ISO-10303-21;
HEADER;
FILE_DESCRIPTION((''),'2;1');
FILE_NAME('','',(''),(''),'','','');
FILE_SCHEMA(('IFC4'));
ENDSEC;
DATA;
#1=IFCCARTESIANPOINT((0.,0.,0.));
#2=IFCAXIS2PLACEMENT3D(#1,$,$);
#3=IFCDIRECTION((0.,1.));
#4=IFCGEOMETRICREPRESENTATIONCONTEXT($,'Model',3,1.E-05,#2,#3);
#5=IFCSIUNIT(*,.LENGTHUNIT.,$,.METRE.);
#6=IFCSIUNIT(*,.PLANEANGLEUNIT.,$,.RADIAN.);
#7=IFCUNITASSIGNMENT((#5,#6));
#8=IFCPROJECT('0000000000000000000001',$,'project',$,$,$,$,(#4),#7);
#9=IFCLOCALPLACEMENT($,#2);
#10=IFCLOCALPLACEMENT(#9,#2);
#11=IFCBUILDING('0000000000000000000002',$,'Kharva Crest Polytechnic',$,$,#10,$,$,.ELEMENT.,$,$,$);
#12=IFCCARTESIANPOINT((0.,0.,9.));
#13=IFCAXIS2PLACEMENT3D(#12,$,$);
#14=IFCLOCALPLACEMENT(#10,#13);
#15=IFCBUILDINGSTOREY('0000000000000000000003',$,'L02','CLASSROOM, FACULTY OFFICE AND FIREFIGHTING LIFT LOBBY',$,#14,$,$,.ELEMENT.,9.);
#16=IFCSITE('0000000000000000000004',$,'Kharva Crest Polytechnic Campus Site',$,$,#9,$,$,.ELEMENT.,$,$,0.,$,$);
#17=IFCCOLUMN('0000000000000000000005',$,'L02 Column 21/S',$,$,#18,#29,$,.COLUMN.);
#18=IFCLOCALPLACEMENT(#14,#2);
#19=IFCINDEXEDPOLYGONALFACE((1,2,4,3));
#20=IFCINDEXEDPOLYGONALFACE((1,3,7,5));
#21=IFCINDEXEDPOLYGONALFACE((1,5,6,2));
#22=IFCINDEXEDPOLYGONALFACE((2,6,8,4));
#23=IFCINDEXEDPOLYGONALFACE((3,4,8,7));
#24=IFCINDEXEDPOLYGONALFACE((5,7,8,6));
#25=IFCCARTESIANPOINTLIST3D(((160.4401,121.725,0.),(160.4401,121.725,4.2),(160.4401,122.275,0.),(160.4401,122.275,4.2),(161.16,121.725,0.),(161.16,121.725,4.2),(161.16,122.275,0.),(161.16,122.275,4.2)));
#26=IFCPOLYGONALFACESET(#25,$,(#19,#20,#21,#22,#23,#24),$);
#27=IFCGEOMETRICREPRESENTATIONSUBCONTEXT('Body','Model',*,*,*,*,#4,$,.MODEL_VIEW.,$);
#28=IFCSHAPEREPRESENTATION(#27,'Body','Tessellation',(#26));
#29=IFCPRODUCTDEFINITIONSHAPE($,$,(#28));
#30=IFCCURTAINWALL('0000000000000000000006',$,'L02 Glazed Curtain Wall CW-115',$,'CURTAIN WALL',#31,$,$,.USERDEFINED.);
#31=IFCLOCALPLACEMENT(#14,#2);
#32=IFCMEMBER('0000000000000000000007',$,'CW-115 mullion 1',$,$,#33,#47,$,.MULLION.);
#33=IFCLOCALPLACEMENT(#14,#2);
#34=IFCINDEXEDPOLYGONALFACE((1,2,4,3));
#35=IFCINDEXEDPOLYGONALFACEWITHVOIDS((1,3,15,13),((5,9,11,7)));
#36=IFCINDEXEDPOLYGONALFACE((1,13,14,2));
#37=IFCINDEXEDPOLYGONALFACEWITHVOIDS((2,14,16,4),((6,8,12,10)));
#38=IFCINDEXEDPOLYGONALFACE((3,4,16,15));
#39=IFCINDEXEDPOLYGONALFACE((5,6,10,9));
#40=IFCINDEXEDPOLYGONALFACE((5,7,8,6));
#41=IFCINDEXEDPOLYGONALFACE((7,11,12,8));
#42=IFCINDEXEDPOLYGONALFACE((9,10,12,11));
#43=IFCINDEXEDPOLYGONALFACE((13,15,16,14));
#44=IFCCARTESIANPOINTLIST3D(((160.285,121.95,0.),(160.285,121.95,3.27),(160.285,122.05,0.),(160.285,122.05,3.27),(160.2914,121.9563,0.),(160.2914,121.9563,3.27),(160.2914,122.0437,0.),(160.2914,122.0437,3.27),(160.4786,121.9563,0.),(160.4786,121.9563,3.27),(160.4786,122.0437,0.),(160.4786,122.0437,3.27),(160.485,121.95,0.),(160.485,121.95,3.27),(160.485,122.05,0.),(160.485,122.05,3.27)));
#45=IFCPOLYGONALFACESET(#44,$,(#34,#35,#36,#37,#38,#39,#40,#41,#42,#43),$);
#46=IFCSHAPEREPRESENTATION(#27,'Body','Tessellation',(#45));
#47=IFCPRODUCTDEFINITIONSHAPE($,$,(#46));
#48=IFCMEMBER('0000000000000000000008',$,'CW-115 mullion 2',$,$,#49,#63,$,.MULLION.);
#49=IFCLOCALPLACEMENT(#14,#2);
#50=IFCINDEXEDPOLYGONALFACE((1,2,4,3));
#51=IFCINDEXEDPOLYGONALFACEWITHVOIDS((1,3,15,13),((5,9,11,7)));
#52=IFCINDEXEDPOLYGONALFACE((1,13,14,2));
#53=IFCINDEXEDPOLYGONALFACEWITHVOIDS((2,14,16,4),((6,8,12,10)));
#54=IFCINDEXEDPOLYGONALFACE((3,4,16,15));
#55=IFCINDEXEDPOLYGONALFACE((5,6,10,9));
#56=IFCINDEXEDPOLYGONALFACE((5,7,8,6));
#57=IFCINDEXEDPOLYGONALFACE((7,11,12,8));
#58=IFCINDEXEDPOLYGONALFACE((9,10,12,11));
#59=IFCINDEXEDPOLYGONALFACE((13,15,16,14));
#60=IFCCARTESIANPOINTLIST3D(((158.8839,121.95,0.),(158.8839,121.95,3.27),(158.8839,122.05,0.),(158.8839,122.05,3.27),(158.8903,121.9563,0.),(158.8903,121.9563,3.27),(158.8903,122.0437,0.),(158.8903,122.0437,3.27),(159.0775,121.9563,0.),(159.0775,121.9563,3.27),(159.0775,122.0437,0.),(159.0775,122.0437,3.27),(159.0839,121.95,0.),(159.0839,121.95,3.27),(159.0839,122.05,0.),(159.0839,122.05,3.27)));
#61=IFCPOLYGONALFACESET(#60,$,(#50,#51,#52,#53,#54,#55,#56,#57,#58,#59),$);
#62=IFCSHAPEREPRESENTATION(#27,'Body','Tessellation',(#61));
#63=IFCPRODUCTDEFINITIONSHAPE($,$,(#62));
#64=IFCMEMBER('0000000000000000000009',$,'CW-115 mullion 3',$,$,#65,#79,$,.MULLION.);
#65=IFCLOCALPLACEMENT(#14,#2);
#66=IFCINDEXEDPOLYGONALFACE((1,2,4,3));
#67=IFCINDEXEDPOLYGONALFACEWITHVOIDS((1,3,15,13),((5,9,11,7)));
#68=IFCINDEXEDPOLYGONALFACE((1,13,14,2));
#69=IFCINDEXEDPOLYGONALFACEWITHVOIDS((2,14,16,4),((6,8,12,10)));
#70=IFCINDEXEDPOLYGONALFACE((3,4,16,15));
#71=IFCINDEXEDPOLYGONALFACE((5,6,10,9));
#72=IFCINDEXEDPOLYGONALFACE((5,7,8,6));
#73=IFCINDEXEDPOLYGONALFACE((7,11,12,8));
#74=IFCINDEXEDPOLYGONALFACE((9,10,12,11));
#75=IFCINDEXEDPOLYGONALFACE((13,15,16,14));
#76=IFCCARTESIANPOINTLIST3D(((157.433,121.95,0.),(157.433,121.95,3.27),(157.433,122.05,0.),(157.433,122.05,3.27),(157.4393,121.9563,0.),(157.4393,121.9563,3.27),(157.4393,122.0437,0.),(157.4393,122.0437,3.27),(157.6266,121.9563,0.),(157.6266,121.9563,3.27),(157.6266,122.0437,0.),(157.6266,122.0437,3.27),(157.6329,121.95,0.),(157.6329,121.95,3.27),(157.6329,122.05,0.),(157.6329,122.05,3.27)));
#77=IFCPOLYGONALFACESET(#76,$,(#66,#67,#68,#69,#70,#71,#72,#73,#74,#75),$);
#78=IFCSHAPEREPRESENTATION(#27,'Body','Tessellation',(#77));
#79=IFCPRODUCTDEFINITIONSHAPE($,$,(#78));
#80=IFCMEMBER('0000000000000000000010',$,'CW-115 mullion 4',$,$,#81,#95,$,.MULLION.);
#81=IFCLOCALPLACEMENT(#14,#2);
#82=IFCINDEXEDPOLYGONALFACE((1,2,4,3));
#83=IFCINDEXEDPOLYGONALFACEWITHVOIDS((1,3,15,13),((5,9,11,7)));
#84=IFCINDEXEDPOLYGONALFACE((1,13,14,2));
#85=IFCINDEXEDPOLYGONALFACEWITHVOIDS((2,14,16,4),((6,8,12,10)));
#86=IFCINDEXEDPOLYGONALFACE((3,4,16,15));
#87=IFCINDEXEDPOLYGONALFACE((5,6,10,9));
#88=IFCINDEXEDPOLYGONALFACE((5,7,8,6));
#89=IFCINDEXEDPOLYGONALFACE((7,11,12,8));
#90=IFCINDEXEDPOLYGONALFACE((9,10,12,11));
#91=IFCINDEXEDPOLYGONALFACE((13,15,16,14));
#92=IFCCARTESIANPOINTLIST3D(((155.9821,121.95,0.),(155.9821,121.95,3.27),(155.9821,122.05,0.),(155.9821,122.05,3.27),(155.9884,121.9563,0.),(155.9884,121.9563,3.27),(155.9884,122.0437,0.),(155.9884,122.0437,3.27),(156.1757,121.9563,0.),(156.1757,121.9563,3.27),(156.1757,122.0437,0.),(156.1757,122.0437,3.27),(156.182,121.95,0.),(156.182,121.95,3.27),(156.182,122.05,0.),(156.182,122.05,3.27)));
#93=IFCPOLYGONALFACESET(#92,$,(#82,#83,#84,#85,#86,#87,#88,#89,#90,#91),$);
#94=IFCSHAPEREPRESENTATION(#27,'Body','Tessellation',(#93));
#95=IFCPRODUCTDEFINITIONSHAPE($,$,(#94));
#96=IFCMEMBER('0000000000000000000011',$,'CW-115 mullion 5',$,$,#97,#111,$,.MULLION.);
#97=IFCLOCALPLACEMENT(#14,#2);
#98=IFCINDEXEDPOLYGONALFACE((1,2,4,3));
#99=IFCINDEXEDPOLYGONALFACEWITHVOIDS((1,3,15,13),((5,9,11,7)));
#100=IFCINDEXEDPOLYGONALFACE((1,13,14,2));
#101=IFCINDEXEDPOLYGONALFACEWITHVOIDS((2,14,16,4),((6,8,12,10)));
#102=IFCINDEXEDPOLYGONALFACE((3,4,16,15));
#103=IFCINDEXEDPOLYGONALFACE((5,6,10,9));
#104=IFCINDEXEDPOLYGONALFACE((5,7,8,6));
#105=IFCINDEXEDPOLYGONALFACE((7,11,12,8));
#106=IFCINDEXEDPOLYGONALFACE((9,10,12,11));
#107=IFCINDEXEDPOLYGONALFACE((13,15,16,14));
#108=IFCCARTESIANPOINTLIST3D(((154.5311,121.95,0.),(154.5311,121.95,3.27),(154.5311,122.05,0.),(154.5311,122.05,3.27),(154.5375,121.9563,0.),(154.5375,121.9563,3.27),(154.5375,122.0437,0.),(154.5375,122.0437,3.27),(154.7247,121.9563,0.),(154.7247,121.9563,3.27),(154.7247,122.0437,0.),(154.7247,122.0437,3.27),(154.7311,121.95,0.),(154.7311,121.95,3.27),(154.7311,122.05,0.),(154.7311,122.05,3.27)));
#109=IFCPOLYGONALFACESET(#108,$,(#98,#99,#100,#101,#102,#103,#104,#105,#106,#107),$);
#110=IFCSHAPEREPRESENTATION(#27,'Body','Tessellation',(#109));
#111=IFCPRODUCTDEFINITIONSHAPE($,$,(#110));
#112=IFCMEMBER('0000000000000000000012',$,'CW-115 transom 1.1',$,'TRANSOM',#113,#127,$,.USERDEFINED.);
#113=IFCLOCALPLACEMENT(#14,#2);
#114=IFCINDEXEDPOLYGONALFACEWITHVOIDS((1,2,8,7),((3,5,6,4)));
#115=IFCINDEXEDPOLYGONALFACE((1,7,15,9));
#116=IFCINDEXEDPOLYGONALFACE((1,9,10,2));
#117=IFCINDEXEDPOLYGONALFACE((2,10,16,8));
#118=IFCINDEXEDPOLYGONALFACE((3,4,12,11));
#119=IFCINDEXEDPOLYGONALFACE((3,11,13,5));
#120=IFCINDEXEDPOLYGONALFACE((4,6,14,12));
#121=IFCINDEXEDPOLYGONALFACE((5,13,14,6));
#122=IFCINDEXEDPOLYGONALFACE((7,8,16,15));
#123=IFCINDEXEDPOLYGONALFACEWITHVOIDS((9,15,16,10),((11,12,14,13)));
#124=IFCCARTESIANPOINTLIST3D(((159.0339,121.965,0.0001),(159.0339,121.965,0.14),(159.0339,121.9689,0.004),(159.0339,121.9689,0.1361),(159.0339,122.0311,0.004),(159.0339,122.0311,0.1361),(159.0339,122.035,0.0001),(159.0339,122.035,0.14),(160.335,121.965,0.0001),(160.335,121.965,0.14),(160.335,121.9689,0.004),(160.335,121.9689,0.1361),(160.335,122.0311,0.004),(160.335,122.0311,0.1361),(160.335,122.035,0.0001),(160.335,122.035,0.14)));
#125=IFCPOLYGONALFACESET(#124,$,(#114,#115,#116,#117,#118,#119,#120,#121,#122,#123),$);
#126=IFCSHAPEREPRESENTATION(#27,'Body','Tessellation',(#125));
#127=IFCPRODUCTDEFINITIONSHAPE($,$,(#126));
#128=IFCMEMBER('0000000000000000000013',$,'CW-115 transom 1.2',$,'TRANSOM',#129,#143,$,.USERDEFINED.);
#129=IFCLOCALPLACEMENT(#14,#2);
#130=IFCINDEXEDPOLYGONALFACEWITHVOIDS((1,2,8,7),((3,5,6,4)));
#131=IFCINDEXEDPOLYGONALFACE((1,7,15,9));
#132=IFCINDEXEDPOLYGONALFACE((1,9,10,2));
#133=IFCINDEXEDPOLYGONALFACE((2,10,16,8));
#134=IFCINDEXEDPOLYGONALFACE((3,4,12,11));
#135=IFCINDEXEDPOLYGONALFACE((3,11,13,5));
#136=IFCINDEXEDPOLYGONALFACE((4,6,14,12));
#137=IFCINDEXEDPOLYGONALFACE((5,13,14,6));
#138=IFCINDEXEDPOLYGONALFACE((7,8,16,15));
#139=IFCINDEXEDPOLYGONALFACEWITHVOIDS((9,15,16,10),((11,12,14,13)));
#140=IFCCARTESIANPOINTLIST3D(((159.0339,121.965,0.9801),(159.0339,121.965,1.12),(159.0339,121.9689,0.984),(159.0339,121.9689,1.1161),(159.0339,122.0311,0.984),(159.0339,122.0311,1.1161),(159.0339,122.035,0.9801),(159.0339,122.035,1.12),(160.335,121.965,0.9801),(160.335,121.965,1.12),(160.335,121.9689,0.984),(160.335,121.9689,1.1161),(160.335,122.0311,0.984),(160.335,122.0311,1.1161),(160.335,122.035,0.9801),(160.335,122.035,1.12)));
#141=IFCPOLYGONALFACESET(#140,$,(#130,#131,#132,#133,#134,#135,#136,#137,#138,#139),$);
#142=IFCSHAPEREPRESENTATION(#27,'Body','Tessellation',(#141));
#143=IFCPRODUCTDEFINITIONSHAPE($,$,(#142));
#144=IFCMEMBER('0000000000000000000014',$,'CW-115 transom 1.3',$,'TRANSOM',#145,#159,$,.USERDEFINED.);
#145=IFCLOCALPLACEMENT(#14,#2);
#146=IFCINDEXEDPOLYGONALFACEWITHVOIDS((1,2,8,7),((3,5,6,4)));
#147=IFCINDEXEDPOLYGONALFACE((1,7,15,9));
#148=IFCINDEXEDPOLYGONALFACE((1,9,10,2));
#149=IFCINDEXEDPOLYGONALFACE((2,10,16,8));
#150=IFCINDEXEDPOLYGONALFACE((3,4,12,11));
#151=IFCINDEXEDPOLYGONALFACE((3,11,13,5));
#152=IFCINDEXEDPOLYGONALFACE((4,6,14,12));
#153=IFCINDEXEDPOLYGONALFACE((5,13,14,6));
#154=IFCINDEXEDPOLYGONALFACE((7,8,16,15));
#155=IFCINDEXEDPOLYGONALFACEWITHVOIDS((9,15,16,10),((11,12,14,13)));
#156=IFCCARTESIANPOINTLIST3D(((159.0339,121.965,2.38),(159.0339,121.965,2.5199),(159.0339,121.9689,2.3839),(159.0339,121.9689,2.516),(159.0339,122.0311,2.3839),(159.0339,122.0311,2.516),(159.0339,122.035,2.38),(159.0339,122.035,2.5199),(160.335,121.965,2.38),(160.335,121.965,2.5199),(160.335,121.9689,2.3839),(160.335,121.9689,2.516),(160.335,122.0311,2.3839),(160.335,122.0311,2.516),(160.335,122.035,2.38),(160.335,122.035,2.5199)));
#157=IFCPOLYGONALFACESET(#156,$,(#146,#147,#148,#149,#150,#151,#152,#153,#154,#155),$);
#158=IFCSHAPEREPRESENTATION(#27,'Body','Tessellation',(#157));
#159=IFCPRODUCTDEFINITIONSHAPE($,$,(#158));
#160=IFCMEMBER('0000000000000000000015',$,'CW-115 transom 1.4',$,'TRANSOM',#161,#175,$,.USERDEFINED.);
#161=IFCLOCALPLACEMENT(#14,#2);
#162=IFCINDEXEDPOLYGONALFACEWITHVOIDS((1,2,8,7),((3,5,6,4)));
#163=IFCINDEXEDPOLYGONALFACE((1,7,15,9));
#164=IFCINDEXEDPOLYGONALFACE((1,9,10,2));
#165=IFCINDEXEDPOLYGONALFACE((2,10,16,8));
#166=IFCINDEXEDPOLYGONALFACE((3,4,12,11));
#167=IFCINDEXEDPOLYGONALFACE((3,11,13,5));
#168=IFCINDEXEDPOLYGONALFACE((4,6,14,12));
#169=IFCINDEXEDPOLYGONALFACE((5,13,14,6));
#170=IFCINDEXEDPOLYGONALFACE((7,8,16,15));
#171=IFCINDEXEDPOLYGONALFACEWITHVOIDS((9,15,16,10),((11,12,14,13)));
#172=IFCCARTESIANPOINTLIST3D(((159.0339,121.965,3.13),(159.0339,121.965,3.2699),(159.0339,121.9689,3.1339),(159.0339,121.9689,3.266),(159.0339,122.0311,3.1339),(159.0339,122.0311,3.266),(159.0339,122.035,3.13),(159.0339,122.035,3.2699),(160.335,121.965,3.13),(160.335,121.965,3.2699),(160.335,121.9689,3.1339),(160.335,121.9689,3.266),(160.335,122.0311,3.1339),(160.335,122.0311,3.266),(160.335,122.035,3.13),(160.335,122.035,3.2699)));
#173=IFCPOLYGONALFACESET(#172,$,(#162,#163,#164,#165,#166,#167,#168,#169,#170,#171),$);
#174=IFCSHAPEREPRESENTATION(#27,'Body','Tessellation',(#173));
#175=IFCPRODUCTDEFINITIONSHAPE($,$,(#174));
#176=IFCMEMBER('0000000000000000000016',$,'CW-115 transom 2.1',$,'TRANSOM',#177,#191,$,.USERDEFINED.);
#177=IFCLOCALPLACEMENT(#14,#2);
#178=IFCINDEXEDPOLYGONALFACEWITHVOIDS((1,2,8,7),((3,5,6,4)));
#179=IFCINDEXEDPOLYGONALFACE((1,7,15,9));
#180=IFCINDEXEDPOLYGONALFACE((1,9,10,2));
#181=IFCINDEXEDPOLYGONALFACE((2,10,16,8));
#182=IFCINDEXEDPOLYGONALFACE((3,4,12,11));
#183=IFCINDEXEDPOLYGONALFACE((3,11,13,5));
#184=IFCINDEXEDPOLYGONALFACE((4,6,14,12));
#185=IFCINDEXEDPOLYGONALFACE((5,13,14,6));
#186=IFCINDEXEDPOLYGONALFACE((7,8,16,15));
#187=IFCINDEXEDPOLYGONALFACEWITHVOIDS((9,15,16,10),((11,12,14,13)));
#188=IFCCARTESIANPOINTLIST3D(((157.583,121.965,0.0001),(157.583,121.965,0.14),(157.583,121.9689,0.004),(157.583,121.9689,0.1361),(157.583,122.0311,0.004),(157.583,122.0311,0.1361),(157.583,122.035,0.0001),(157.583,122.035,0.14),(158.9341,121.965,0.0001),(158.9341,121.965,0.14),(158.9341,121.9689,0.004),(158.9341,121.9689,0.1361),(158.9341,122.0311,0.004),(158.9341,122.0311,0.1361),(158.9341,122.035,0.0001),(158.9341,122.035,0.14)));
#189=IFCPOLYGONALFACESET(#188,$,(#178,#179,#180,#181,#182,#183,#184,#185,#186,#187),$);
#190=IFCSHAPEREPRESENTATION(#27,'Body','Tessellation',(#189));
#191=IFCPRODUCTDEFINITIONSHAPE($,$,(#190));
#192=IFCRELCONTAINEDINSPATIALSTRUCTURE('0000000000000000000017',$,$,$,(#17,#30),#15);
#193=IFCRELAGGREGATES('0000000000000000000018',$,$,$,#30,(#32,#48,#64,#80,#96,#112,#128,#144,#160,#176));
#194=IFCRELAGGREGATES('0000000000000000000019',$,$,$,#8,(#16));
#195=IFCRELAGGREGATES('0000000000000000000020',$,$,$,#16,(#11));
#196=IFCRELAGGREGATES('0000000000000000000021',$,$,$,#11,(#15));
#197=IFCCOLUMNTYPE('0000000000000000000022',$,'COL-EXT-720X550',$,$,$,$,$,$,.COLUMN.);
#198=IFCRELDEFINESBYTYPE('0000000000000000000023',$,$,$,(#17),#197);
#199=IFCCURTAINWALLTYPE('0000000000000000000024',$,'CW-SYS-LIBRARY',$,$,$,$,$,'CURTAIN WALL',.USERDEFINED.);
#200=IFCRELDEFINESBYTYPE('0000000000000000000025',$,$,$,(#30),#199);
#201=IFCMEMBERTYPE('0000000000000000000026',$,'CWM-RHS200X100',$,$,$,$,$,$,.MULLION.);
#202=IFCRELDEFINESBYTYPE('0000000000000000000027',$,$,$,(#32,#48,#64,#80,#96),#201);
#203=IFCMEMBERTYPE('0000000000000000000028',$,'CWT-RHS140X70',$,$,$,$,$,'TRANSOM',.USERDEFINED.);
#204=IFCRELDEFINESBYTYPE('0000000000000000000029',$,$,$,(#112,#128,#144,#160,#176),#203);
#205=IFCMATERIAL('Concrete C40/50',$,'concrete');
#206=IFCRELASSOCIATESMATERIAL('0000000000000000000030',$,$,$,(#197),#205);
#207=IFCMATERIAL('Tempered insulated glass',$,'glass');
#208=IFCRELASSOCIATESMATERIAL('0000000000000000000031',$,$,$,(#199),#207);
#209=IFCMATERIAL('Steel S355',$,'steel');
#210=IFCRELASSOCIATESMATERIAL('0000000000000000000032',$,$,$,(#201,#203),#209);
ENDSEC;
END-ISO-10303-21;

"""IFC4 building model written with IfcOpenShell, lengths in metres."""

from ifc_helpers import new_model, si_unit, direction, frame, origin, origin_2d, place, context, subcontext, project, spatial, rectangle, hollow_rectangle, extrude, material, material_profile, profile_set, type_object, element, aggregate, save


model = new_model("IFC4")

# Units and contexts
model_context = context("Model", 3, precision=1e-05, world=origin(), true_north=direction((0.0, 1.0)))
body_context = subcontext(model_context, "Body", "Model", "MODEL_VIEW")
ifc_project = project(units=[si_unit("LENGTHUNIT", "METRE"), si_unit("PLANEANGLEUNIT", "RADIAN")], contexts=[model_context])

# Site, building, storey
site_placement = place(None, origin())
site = spatial("IfcSite", under=ifc_project, at=site_placement, Name="Kharva Crest Polytechnic Campus Site", CompositionType="ELEMENT", RefElevation=0.0)
building_placement = place(site_placement, origin())
building = spatial("IfcBuilding", under=site, at=building_placement, Name="Kharva Crest Polytechnic", CompositionType="ELEMENT")
storey_placement = place(building_placement, frame((0.0, 0.0, 9.0)))
storey = spatial("IfcBuildingStorey", under=building, at=storey_placement, Name="L02", Description="CLASSROOM, FACULTY OFFICE AND FIREFIGHTING LIFT LOBBY", CompositionType="ELEMENT", Elevation=9.0)

# Column
ifc_material_1 = material(Name="Concrete C40/50", Category="concrete")
ifc_material_profile_1 = material_profile(ifc_material_1, rectangle(XDim=0.72, YDim=0.55, at=origin_2d()), Name="RECT 720 X 550")
ifc_profile_set_1 = profile_set([ifc_material_profile_1], Name="Concrete C40/50")
column_type = type_object("IfcColumnType", Name="COL-EXT-720X550", PredefinedType="COLUMN", material=ifc_profile_set_1)
column_placement = place(storey_placement, frame((160.8, 122.0, 0.0), z_axis=(0.0, 0.0, 1.0), x_axis=(1.0, 0.0, 0.0)))
element("IfcColumn", 1, at=column_placement, inside=storey, type_object=column_type, Name="L02 Column 21/S", PredefinedType="COLUMN", context=body_context, shape_type="SweptSolid", body=[
    extrude(rectangle(XDim=0.72, YDim=0.55, at=origin_2d()), origin(), (0.0, 0.0, 1.0), 4.2),
])

# Curtain wall, members
ifc_material_2 = material(Name="Tempered insulated glass", Category="glass")
curtain_wall_type = type_object("IfcCurtainWallType", Name="CW-SYS-LIBRARY", ElementType="CURTAIN WALL", PredefinedType="USERDEFINED", material=ifc_material_2)
curtain_wall_placement = place(storey_placement, origin())
curtain_wall = element("IfcCurtainWall", 2, at=curtain_wall_placement, inside=storey, type_object=curtain_wall_type, Name="L02 Glazed Curtain Wall CW-115", ObjectType="CURTAIN WALL", PredefinedType="USERDEFINED")
ifc_material_3 = material(Name="Steel S355", Category="steel")
ifc_material_profile_2 = material_profile(ifc_material_3, hollow_rectangle(XDim=0.1001, YDim=0.2, WallThickness=0.0063, at=origin_2d()), Name="RHS 200X100X6.3")
ifc_profile_set_2 = profile_set([ifc_material_profile_2], Name="Steel S355")
member_type_1 = type_object("IfcMemberType", Name="CWM-RHS200X100", PredefinedType="MULLION", material=ifc_profile_set_2)
member_1_placement = place(storey_placement, frame((160.385, 122.0, 0.0), z_axis=(0.0, 0.0, 1.0), x_axis=(0.0, -1.0, 0.0)))
member_1 = element("IfcMember", 3, at=member_1_placement, type_object=member_type_1, Name="CW-115 mullion 1", PredefinedType="MULLION", context=body_context, shape_type="SweptSolid", body=[
    extrude(hollow_rectangle(XDim=0.1001, YDim=0.2, WallThickness=0.0063, at=origin_2d()), origin(), (0.0, 0.0, 1.0), 3.27),
])
member_2_placement = place(storey_placement, frame((158.9839, 122.0, 0.0), z_axis=(0.0, 0.0, 1.0), x_axis=(0.0, -1.0, 0.0)))
member_2 = element("IfcMember", 4, at=member_2_placement, type_object=member_type_1, Name="CW-115 mullion 2", PredefinedType="MULLION", context=body_context, shape_type="SweptSolid", body=[
    extrude(hollow_rectangle(XDim=0.1001, YDim=0.2, WallThickness=0.0063, at=origin_2d()), origin(), (0.0, 0.0, 1.0), 3.27),
])
member_3_placement = place(storey_placement, frame((157.533, 122.0, 0.0), z_axis=(0.0, 0.0, 1.0), x_axis=(0.0, -1.0, 0.0)))
member_3 = element("IfcMember", 5, at=member_3_placement, type_object=member_type_1, Name="CW-115 mullion 3", PredefinedType="MULLION", context=body_context, shape_type="SweptSolid", body=[
    extrude(hollow_rectangle(XDim=0.1001, YDim=0.2, WallThickness=0.0063, at=origin_2d()), origin(), (0.0, 0.0, 1.0), 3.27),
])
member_4_placement = place(storey_placement, frame((156.082, 122.0, 0.0), z_axis=(0.0, 0.0, 1.0), x_axis=(0.0, -1.0, 0.0)))
member_4 = element("IfcMember", 6, at=member_4_placement, type_object=member_type_1, Name="CW-115 mullion 4", PredefinedType="MULLION", context=body_context, shape_type="SweptSolid", body=[
    extrude(hollow_rectangle(XDim=0.1001, YDim=0.2, WallThickness=0.0063, at=origin_2d()), origin(), (0.0, 0.0, 1.0), 3.27),
])
member_5_placement = place(storey_placement, frame((154.6311, 122.0, 0.0), z_axis=(0.0, 0.0, 1.0), x_axis=(0.0, -1.0, 0.0)))
member_5 = element("IfcMember", 7, at=member_5_placement, type_object=member_type_1, Name="CW-115 mullion 5", PredefinedType="MULLION", context=body_context, shape_type="SweptSolid", body=[
    extrude(hollow_rectangle(XDim=0.1001, YDim=0.2, WallThickness=0.0063, at=origin_2d()), origin(), (0.0, 0.0, 1.0), 3.27),
])
ifc_material_profile_3 = material_profile(ifc_material_3, hollow_rectangle(XDim=0.0701, YDim=0.1399, WallThickness=0.0039, at=origin_2d()), Name="RHS 140X70X4.0")
ifc_profile_set_3 = profile_set([ifc_material_profile_3], Name="Steel S355")
member_type_2 = type_object("IfcMemberType", Name="CWT-RHS140X70", ElementType="TRANSOM", PredefinedType="USERDEFINED", material=ifc_profile_set_3)
member_6_placement = place(storey_placement, frame((160.335, 122.0, 0.0701), z_axis=(-1.0, 0.0, 0.0), x_axis=(0.0, -1.0, 0.0)))
member_6 = element("IfcMember", 8, at=member_6_placement, type_object=member_type_2, Name="CW-115 transom 1.1", ObjectType="TRANSOM", PredefinedType="USERDEFINED", context=body_context, shape_type="SweptSolid", body=[
    extrude(hollow_rectangle(XDim=0.0701, YDim=0.1399, WallThickness=0.0039, at=origin_2d()), origin(), (0.0, 0.0, 1.0), 1.301),
])
member_7_placement = place(storey_placement, frame((160.335, 122.0, 1.05), z_axis=(-1.0, 0.0, 0.0), x_axis=(0.0, -1.0, 0.0)))
member_7 = element("IfcMember", 9, at=member_7_placement, type_object=member_type_2, Name="CW-115 transom 1.2", ObjectType="TRANSOM", PredefinedType="USERDEFINED", context=body_context, shape_type="SweptSolid", body=[
    extrude(hollow_rectangle(XDim=0.0701, YDim=0.1399, WallThickness=0.0039, at=origin_2d()), origin(), (0.0, 0.0, 1.0), 1.301),
])
member_8_placement = place(storey_placement, frame((160.335, 122.0, 2.45), z_axis=(-1.0, 0.0, 0.0), x_axis=(0.0, -1.0, 0.0)))
member_8 = element("IfcMember", 10, at=member_8_placement, type_object=member_type_2, Name="CW-115 transom 1.3", ObjectType="TRANSOM", PredefinedType="USERDEFINED", context=body_context, shape_type="SweptSolid", body=[
    extrude(hollow_rectangle(XDim=0.0701, YDim=0.1399, WallThickness=0.0039, at=origin_2d()), origin(), (0.0, 0.0, 1.0), 1.301),
])
member_9_placement = place(storey_placement, frame((160.335, 122.0, 3.2), z_axis=(-1.0, 0.0, 0.0), x_axis=(0.0, -1.0, 0.0)))
member_9 = element("IfcMember", 11, at=member_9_placement, type_object=member_type_2, Name="CW-115 transom 1.4", ObjectType="TRANSOM", PredefinedType="USERDEFINED", context=body_context, shape_type="SweptSolid", body=[
    extrude(hollow_rectangle(XDim=0.0701, YDim=0.1399, WallThickness=0.0039, at=origin_2d()), origin(), (0.0, 0.0, 1.0), 1.301),
])
member_10_placement = place(storey_placement, frame((158.9341, 122.0, 0.0701), z_axis=(-1.0, 0.0, 0.0), x_axis=(0.0, -1.0, 0.0)))
member_10 = element("IfcMember", 12, at=member_10_placement, type_object=member_type_2, Name="CW-115 transom 2.1", ObjectType="TRANSOM", PredefinedType="USERDEFINED", context=body_context, shape_type="SweptSolid", body=[
    extrude(hollow_rectangle(XDim=0.0701, YDim=0.1399, WallThickness=0.0039, at=origin_2d()), origin(), (0.0, 0.0, 1.0), 1.3511),
])
aggregate(curtain_wall, [member_1, member_2, member_3, member_4, member_5, member_6, member_7, member_8, member_9, member_10])

save(model, "model.ifc")
